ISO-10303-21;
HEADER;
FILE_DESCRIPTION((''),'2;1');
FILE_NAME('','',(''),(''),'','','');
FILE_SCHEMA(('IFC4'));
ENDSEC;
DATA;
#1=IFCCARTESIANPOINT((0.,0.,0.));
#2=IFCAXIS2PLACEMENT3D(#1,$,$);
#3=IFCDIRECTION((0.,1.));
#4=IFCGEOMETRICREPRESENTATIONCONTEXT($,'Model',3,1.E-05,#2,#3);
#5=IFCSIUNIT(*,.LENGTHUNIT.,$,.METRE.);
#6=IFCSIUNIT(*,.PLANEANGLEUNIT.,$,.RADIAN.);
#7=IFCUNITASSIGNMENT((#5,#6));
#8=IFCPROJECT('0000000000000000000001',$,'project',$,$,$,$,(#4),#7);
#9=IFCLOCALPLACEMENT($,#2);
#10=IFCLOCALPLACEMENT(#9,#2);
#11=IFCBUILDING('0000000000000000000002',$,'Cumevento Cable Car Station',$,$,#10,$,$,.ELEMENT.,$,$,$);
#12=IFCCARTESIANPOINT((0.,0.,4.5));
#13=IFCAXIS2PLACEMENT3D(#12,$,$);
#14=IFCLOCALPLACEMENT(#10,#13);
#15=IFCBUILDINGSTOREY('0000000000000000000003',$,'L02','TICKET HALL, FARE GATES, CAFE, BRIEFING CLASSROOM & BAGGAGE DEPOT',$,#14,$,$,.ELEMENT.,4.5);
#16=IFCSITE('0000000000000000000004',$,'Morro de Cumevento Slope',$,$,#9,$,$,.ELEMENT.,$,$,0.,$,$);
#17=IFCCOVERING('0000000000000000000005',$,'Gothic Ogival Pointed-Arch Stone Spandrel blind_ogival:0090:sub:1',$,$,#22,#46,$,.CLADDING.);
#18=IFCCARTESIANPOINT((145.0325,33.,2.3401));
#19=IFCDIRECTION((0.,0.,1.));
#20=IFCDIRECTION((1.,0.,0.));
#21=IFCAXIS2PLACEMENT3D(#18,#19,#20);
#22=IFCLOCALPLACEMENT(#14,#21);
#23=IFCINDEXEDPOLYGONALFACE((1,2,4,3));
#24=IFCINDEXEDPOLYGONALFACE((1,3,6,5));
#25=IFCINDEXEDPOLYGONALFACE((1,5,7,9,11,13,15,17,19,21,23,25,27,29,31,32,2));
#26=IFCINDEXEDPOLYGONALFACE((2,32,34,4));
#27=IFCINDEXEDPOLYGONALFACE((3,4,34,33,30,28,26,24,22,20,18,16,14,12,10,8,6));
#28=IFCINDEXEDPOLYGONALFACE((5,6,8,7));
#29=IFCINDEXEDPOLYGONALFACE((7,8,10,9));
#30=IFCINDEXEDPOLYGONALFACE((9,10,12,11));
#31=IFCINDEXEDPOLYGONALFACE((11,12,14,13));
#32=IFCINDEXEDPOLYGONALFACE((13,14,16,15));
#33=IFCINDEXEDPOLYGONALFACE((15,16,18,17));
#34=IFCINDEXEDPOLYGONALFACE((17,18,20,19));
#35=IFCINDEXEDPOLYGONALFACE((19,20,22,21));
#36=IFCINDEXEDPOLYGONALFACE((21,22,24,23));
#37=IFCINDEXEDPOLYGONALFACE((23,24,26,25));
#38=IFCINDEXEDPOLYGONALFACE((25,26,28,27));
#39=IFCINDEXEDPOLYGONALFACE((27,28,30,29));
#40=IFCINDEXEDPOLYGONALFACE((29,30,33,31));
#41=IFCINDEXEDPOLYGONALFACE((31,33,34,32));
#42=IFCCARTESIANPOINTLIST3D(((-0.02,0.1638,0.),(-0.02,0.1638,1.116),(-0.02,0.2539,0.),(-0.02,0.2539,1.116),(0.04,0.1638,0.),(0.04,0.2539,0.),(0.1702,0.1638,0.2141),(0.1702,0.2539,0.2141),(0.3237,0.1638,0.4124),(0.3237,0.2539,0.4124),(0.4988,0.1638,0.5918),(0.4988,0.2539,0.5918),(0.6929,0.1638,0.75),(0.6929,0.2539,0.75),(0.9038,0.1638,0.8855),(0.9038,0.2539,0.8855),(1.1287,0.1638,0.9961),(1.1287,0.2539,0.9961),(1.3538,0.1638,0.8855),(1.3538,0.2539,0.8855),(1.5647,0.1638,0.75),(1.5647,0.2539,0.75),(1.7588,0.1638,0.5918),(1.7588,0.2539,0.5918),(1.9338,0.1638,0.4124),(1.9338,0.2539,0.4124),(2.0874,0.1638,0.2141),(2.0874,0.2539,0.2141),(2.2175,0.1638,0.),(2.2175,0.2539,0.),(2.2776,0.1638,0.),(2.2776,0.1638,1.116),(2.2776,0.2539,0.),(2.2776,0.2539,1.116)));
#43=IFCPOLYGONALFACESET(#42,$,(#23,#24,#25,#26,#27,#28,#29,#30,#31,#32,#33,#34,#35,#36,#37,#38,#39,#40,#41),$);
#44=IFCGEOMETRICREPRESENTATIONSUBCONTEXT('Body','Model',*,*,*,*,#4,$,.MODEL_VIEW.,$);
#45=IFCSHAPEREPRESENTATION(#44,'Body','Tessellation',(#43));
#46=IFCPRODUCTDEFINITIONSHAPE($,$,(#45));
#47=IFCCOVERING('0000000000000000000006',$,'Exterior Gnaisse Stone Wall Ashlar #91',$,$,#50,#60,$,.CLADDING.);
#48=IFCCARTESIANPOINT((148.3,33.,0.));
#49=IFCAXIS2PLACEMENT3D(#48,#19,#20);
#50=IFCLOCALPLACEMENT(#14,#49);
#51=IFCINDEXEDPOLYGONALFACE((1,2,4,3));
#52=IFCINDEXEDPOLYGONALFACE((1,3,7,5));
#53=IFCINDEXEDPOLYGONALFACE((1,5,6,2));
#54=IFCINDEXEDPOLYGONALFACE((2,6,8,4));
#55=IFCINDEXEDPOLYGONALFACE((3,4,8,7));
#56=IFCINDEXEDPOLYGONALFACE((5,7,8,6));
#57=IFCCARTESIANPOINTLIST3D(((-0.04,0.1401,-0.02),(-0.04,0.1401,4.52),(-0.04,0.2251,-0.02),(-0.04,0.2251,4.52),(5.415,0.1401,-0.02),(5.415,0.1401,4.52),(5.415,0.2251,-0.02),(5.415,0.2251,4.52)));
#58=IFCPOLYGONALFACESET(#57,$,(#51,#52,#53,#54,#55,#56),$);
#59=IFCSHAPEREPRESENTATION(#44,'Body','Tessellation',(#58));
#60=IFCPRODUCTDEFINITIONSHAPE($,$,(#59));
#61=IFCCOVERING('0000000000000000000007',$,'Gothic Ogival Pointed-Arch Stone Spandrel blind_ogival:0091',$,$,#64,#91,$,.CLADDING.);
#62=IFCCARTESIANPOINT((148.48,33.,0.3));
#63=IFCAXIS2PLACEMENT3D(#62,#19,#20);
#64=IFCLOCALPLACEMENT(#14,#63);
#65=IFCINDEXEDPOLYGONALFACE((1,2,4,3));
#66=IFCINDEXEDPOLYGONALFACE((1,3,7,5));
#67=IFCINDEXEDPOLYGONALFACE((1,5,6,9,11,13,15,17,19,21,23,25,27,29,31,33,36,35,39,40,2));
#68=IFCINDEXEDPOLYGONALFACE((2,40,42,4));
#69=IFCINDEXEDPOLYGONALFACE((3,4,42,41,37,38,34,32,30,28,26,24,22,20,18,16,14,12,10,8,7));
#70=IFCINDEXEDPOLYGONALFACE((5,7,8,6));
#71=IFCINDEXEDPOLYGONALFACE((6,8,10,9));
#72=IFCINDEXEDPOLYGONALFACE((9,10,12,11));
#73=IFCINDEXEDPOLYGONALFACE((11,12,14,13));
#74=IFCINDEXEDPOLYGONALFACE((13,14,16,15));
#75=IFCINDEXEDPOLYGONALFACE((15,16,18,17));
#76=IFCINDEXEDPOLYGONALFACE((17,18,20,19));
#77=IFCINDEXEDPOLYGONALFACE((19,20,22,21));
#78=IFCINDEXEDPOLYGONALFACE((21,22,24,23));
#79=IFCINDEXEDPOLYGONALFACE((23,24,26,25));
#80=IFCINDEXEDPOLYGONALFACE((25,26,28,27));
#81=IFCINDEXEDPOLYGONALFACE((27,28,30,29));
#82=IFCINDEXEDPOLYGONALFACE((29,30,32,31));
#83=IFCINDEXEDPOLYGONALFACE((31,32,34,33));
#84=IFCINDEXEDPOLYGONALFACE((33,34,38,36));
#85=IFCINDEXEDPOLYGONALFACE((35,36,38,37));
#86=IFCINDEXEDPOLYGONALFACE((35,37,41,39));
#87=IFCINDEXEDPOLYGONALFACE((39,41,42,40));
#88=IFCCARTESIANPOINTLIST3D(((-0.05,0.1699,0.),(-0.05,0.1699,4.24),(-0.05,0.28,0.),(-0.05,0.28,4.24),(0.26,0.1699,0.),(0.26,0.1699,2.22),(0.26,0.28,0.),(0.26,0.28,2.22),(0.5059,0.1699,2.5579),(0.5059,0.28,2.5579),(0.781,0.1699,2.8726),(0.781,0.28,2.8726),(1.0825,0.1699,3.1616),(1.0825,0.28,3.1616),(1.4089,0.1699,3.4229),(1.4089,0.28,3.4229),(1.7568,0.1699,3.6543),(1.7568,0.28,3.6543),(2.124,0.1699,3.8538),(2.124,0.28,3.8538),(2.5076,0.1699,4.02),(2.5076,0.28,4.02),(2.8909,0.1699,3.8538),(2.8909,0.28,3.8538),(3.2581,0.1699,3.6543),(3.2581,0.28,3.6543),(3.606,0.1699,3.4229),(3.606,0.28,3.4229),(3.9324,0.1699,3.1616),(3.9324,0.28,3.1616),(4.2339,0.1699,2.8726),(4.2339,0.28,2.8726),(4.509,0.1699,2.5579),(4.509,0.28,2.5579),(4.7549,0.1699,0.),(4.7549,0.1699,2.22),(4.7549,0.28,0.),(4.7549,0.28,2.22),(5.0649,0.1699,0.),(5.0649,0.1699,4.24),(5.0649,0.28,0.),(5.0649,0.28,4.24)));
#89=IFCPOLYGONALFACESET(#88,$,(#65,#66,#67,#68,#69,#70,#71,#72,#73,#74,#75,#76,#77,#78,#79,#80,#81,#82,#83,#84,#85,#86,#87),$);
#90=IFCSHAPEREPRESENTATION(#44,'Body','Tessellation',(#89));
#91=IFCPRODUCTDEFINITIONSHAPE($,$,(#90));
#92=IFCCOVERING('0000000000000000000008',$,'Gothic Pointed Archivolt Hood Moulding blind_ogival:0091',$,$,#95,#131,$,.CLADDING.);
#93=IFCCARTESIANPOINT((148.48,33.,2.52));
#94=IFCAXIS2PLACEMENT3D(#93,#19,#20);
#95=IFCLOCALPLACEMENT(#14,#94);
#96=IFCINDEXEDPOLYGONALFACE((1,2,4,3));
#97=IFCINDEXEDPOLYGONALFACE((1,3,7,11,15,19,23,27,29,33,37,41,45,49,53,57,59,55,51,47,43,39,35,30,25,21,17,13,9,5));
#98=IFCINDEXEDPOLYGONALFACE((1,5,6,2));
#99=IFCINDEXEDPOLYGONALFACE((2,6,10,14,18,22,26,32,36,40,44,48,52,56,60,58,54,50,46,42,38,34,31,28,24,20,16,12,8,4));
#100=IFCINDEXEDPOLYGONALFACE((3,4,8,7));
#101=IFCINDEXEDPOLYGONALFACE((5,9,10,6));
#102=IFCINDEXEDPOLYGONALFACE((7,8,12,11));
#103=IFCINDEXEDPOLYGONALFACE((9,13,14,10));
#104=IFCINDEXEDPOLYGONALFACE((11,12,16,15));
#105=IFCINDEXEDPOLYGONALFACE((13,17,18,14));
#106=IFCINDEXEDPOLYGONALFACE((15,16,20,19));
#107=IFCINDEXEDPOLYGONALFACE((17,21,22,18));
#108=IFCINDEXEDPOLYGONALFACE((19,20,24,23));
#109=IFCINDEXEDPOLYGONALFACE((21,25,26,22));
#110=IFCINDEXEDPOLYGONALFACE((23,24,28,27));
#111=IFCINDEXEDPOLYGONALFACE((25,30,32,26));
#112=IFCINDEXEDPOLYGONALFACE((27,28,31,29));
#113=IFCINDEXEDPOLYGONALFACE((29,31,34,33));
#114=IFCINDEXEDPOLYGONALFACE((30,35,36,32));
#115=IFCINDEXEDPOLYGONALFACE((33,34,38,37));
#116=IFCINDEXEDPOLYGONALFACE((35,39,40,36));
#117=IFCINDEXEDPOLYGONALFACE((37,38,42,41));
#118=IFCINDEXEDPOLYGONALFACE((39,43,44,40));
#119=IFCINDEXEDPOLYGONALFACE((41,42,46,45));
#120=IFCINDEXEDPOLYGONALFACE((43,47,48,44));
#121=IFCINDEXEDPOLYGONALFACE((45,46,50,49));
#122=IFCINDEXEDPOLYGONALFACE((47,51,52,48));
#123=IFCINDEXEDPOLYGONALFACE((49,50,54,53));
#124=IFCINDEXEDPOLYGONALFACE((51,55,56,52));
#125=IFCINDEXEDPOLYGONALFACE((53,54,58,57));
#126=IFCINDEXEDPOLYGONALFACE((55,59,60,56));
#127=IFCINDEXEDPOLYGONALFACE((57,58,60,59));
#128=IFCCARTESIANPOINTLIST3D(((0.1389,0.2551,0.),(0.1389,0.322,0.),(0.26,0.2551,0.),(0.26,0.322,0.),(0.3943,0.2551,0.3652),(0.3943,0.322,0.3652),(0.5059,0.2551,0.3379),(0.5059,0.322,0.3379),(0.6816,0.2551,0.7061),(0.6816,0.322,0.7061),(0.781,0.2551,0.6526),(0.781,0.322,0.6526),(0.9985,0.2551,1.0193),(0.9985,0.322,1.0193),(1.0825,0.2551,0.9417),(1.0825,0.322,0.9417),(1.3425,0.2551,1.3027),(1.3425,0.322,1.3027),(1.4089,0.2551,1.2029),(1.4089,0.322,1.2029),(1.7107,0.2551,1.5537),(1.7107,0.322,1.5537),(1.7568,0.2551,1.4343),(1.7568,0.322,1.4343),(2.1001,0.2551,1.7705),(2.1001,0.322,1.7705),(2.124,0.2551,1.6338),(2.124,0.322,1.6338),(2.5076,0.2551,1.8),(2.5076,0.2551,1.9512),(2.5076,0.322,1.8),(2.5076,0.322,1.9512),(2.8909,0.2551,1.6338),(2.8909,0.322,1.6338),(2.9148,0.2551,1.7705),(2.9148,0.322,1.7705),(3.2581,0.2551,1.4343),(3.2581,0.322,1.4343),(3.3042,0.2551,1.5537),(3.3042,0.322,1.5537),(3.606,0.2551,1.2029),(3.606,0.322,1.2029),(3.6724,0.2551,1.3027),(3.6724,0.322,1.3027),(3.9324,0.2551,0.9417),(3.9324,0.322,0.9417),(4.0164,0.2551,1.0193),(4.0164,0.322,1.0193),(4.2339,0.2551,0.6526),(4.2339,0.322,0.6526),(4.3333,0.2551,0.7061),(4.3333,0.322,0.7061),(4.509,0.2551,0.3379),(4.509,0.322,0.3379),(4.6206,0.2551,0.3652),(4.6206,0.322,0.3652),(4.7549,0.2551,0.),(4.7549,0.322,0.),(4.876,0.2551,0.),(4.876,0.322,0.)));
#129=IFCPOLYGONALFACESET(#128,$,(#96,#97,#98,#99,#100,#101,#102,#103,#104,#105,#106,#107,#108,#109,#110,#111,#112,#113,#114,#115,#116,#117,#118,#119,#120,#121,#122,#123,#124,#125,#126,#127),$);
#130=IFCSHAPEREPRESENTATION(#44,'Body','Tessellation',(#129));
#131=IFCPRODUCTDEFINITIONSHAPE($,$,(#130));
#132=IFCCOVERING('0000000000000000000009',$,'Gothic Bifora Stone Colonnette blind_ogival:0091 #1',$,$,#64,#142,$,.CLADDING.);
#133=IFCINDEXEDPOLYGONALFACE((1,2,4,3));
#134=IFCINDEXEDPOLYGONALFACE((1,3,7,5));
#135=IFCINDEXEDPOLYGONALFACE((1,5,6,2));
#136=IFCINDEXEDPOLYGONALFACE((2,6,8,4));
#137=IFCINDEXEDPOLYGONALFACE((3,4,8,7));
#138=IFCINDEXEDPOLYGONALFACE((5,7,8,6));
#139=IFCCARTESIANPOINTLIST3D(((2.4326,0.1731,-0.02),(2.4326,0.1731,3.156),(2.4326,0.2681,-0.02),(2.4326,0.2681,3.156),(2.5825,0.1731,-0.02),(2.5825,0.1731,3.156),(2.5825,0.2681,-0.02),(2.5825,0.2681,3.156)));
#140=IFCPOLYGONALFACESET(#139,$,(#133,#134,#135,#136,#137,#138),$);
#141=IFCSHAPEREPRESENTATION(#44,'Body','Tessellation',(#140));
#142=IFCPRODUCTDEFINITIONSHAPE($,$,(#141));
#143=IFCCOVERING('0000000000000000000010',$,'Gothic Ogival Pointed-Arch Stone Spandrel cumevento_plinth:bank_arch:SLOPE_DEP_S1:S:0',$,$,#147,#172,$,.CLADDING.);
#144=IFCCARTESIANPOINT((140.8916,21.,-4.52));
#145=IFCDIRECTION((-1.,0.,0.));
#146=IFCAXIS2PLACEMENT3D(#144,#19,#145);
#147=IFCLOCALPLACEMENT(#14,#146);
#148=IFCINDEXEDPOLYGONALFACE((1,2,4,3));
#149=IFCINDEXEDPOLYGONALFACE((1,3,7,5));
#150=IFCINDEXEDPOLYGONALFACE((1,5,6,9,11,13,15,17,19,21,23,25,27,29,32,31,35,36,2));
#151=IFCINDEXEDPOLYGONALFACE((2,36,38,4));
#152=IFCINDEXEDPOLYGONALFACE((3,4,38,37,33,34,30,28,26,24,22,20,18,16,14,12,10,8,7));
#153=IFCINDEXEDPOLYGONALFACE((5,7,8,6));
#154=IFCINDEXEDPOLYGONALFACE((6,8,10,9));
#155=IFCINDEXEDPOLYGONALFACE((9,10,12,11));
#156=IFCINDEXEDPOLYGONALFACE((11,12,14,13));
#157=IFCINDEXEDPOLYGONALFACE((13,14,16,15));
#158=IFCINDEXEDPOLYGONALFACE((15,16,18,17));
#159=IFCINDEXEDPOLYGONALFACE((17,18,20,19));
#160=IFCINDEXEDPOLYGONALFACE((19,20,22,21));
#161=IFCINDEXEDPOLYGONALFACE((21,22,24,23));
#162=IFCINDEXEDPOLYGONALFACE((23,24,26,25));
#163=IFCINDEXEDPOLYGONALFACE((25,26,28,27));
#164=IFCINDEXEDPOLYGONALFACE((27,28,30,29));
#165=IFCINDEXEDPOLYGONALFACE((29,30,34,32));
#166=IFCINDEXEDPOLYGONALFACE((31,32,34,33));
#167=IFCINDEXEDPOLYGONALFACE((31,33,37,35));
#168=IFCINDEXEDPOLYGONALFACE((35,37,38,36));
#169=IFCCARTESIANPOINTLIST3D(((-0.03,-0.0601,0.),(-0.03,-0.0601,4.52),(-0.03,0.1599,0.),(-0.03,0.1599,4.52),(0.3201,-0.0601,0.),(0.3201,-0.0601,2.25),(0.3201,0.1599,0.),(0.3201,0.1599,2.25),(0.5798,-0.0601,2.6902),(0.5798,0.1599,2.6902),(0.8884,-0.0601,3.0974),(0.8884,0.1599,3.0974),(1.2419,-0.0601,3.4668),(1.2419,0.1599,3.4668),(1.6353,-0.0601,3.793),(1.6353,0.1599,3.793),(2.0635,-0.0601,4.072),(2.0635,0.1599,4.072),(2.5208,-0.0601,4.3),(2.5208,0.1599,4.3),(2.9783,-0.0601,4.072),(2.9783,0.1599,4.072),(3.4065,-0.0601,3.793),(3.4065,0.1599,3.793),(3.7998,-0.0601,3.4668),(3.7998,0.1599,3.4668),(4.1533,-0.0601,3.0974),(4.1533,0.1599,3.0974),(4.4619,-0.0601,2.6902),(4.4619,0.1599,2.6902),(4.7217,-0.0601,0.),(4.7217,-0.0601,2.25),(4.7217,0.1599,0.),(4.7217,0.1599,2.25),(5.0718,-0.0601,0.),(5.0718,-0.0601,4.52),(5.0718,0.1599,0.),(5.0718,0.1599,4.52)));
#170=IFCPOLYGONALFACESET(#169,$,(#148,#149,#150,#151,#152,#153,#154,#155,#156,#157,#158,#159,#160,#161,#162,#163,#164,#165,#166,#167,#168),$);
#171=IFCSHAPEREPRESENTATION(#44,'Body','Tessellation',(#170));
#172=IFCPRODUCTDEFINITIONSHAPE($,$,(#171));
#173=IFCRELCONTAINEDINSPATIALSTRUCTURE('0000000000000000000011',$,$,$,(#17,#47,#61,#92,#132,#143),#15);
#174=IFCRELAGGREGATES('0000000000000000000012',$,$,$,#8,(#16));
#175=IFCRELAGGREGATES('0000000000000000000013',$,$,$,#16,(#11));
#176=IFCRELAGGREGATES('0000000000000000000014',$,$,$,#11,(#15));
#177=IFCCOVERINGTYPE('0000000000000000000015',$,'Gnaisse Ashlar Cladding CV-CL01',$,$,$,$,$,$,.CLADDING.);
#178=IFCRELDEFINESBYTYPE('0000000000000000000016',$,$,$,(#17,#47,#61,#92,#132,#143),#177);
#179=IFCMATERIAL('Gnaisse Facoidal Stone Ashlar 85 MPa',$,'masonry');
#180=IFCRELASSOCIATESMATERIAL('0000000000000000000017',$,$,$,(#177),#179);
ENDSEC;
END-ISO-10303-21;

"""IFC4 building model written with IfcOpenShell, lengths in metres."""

from ifc_helpers import new_model, si_unit, direction, frame, origin, place, context, subcontext, project, spatial, polyline, outline, extrude, material, type_object, element, save


model = new_model("IFC4")

# Units and contexts
model_context = context("Model", 3, precision=1e-05, world=origin(), true_north=direction((0.0, 1.0)))
body_context = subcontext(model_context, "Body", "Model", "MODEL_VIEW")
ifc_project = project(units=[si_unit("LENGTHUNIT", "METRE"), si_unit("PLANEANGLEUNIT", "RADIAN")], contexts=[model_context])

# Site, building, storey
site_placement = place(None, origin())
site = spatial("IfcSite", under=ifc_project, at=site_placement, Name="Morro de Cumevento Slope", CompositionType="ELEMENT", RefElevation=0.0)
building_placement = place(site_placement, origin())
building = spatial("IfcBuilding", under=site, at=building_placement, Name="Cumevento Cable Car Station", CompositionType="ELEMENT")
storey_placement = place(building_placement, frame((0.0, 0.0, 4.5)))
storey = spatial("IfcBuildingStorey", under=building, at=storey_placement, Name="L02", Description="TICKET HALL, FARE GATES, CAFE, BRIEFING CLASSROOM & BAGGAGE DEPOT", CompositionType="ELEMENT", Elevation=4.5)

# Coverings
ifc_material_1 = material(Name="Gnaisse Facoidal Stone Ashlar 85 MPa", Category="masonry")
covering_type = type_object("IfcCoveringType", Name="Gnaisse Ashlar Cladding CV-CL01", PredefinedType="CLADDING", material=ifc_material_1)
for number, where, z_axis, x_axis, name in (
    (1, (145.0325, 33.0, 2.3401), (0.0, 0.0, 1.0), (1.0, 0.0, 0.0), "Gothic Ogival Pointed-Arch Stone Spandrel blind_ogival:0090:sub:1"),
):
    element("IfcCovering", number, at=place(storey_placement, frame(where, z_axis=z_axis, x_axis=x_axis)), inside=storey, type_object=covering_type, Name=name, PredefinedType="CLADDING", context=body_context, shape_type="SweptSolid", body=[
        extrude(outline(polyline([(-0.02, 0.0), (-0.02, 1.116), (2.2776, 1.116), (2.2776, 0.0), (2.2175, 0.0), (2.0874, 0.2141), (1.9338, 0.4124), (1.7588, 0.5918), (1.5647, 0.75), (1.3538, 0.8855), (1.1287, 0.9961), (0.9038, 0.8855), (0.6929, 0.75), (0.4988, 0.5918), (0.3237, 0.4124), (0.1702, 0.2141), (0.04, 0.0), (-0.02, 0.0)])), frame((0.0, 0.2539, 0.0), z_axis=(0.0, -1.0, 0.0), x_axis=(1.0, 0.0, 0.0)), (0.0, 0.0, 1.0), 0.0901),
    ])
covering_1_placement = place(storey_placement, frame((148.3, 33.0, 0.0), z_axis=(0.0, 0.0, 1.0), x_axis=(1.0, 0.0, 0.0)))
element("IfcCovering", 2, at=covering_1_placement, inside=storey, type_object=covering_type, Name="Exterior Gnaisse Stone Wall Ashlar #91", PredefinedType="CLADDING", context=body_context, shape_type="SweptSolid", body=[
    extrude(outline(polyline([(-0.04, -0.02), (5.415, -0.02), (5.415, 4.52), (-0.04, 4.52), (-0.04, -0.02)])), frame((0.0, 0.2251, 0.0), z_axis=(0.0, -1.0, 0.0), x_axis=(1.0, 0.0, 0.0)), (0.0, 0.0, 1.0), 0.085),
])
placement_1 = place(storey_placement, frame((148.48, 33.0, 0.3), z_axis=(0.0, 0.0, 1.0), x_axis=(1.0, 0.0, 0.0)))
element("IfcCovering", 3, at=placement_1, inside=storey, type_object=covering_type, Name="Gothic Ogival Pointed-Arch Stone Spandrel blind_ogival:0091", PredefinedType="CLADDING", context=body_context, shape_type="SweptSolid", body=[
    extrude(outline(polyline([(-0.05, 0.0), (-0.05, 4.24), (5.0649, 4.24), (5.0649, 0.0), (4.7549, 0.0), (4.7549, 2.22), (4.509, 2.5579), (4.2339, 2.8726), (3.9324, 3.1616), (3.606, 3.4229), (3.2581, 3.6543), (2.8909, 3.8538), (2.5076, 4.02), (2.124, 3.8538), (1.7568, 3.6543), (1.4089, 3.4229), (1.0825, 3.1616), (0.781, 2.8726), (0.5059, 2.5579), (0.26, 2.22), (0.26, 0.0), (-0.05, 0.0)])), frame((0.0, 0.28, 0.0), z_axis=(0.0, -1.0, 0.0), x_axis=(1.0, 0.0, 0.0)), (0.0, 0.0, 1.0), 0.1101),
])
covering_2_placement = place(storey_placement, frame((148.48, 33.0, 2.52), z_axis=(0.0, 0.0, 1.0), x_axis=(1.0, 0.0, 0.0)))
element("IfcCovering", 4, at=covering_2_placement, inside=storey, type_object=covering_type, Name="Gothic Pointed Archivolt Hood Moulding blind_ogival:0091", PredefinedType="CLADDING", context=body_context, shape_type="SweptSolid", body=[
    extrude(outline(polyline([(0.26, 0.0), (0.5059, 0.3379), (0.781, 0.6526), (1.0825, 0.9417), (1.4089, 1.2029), (1.7568, 1.4343), (2.124, 1.6338), (2.5076, 1.8), (2.8909, 1.6338), (3.2581, 1.4343), (3.606, 1.2029), (3.9324, 0.9417), (4.2339, 0.6526), (4.509, 0.3379), (4.7549, 0.0), (4.876, 0.0), (4.6206, 0.3652), (4.3333, 0.7061), (4.0164, 1.0193), (3.6724, 1.3027), (3.3042, 1.5537), (2.9148, 1.7705), (2.5076, 1.9512), (2.1001, 1.7705), (1.7107, 1.5537), (1.3425, 1.3027), (0.9985, 1.0193), (0.6816, 0.7061), (0.3943, 0.3652), (0.1389, 0.0), (0.26, 0.0)])), frame((0.0, 0.322, 0.0), z_axis=(0.0, -1.0, 0.0), x_axis=(1.0, 0.0, 0.0)), (0.0, 0.0, 1.0), 0.0669),
])
element("IfcCovering", 5, at=placement_1, inside=storey, type_object=covering_type, Name="Gothic Bifora Stone Colonnette blind_ogival:0091 #1", PredefinedType="CLADDING", context=body_context, shape_type="SweptSolid", body=[
    extrude(outline(polyline([(2.4326, -0.02), (2.5825, -0.02), (2.5825, 3.156), (2.4326, 3.156), (2.4326, -0.02)])), frame((0.0, 0.2681, 0.0), z_axis=(0.0, -1.0, 0.0), x_axis=(1.0, 0.0, 0.0)), (0.0, 0.0, 1.0), 0.095),
])
covering_3_placement = place(storey_placement, frame((140.8916, 21.0, -4.52), z_axis=(0.0, 0.0, 1.0), x_axis=(-1.0, 0.0, 0.0)))
element("IfcCovering", 6, at=covering_3_placement, inside=storey, type_object=covering_type, Name="Gothic Ogival Pointed-Arch Stone Spandrel cumevento_plinth:bank_arch:SLOPE_DEP_S1:S:0", PredefinedType="CLADDING", context=body_context, shape_type="SweptSolid", body=[
    extrude(outline(polyline([(-0.03, 0.0), (-0.03, 4.52), (5.0718, 4.52), (5.0718, 0.0), (4.7217, 0.0), (4.7217, 2.25), (4.4619, 2.6902), (4.1533, 3.0974), (3.7998, 3.4668), (3.4065, 3.793), (2.9783, 4.072), (2.5208, 4.3), (2.0635, 4.072), (1.6353, 3.793), (1.2419, 3.4668), (0.8884, 3.0974), (0.5798, 2.6902), (0.3201, 2.25), (0.3201, 0.0), (-0.03, 0.0)])), frame((0.0, 0.1599, 0.0), z_axis=(0.0, -1.0, 0.0), x_axis=(1.0, 0.0, 0.0)), (0.0, 0.0, 1.0), 0.22),
])

save(model, "model.ifc")
